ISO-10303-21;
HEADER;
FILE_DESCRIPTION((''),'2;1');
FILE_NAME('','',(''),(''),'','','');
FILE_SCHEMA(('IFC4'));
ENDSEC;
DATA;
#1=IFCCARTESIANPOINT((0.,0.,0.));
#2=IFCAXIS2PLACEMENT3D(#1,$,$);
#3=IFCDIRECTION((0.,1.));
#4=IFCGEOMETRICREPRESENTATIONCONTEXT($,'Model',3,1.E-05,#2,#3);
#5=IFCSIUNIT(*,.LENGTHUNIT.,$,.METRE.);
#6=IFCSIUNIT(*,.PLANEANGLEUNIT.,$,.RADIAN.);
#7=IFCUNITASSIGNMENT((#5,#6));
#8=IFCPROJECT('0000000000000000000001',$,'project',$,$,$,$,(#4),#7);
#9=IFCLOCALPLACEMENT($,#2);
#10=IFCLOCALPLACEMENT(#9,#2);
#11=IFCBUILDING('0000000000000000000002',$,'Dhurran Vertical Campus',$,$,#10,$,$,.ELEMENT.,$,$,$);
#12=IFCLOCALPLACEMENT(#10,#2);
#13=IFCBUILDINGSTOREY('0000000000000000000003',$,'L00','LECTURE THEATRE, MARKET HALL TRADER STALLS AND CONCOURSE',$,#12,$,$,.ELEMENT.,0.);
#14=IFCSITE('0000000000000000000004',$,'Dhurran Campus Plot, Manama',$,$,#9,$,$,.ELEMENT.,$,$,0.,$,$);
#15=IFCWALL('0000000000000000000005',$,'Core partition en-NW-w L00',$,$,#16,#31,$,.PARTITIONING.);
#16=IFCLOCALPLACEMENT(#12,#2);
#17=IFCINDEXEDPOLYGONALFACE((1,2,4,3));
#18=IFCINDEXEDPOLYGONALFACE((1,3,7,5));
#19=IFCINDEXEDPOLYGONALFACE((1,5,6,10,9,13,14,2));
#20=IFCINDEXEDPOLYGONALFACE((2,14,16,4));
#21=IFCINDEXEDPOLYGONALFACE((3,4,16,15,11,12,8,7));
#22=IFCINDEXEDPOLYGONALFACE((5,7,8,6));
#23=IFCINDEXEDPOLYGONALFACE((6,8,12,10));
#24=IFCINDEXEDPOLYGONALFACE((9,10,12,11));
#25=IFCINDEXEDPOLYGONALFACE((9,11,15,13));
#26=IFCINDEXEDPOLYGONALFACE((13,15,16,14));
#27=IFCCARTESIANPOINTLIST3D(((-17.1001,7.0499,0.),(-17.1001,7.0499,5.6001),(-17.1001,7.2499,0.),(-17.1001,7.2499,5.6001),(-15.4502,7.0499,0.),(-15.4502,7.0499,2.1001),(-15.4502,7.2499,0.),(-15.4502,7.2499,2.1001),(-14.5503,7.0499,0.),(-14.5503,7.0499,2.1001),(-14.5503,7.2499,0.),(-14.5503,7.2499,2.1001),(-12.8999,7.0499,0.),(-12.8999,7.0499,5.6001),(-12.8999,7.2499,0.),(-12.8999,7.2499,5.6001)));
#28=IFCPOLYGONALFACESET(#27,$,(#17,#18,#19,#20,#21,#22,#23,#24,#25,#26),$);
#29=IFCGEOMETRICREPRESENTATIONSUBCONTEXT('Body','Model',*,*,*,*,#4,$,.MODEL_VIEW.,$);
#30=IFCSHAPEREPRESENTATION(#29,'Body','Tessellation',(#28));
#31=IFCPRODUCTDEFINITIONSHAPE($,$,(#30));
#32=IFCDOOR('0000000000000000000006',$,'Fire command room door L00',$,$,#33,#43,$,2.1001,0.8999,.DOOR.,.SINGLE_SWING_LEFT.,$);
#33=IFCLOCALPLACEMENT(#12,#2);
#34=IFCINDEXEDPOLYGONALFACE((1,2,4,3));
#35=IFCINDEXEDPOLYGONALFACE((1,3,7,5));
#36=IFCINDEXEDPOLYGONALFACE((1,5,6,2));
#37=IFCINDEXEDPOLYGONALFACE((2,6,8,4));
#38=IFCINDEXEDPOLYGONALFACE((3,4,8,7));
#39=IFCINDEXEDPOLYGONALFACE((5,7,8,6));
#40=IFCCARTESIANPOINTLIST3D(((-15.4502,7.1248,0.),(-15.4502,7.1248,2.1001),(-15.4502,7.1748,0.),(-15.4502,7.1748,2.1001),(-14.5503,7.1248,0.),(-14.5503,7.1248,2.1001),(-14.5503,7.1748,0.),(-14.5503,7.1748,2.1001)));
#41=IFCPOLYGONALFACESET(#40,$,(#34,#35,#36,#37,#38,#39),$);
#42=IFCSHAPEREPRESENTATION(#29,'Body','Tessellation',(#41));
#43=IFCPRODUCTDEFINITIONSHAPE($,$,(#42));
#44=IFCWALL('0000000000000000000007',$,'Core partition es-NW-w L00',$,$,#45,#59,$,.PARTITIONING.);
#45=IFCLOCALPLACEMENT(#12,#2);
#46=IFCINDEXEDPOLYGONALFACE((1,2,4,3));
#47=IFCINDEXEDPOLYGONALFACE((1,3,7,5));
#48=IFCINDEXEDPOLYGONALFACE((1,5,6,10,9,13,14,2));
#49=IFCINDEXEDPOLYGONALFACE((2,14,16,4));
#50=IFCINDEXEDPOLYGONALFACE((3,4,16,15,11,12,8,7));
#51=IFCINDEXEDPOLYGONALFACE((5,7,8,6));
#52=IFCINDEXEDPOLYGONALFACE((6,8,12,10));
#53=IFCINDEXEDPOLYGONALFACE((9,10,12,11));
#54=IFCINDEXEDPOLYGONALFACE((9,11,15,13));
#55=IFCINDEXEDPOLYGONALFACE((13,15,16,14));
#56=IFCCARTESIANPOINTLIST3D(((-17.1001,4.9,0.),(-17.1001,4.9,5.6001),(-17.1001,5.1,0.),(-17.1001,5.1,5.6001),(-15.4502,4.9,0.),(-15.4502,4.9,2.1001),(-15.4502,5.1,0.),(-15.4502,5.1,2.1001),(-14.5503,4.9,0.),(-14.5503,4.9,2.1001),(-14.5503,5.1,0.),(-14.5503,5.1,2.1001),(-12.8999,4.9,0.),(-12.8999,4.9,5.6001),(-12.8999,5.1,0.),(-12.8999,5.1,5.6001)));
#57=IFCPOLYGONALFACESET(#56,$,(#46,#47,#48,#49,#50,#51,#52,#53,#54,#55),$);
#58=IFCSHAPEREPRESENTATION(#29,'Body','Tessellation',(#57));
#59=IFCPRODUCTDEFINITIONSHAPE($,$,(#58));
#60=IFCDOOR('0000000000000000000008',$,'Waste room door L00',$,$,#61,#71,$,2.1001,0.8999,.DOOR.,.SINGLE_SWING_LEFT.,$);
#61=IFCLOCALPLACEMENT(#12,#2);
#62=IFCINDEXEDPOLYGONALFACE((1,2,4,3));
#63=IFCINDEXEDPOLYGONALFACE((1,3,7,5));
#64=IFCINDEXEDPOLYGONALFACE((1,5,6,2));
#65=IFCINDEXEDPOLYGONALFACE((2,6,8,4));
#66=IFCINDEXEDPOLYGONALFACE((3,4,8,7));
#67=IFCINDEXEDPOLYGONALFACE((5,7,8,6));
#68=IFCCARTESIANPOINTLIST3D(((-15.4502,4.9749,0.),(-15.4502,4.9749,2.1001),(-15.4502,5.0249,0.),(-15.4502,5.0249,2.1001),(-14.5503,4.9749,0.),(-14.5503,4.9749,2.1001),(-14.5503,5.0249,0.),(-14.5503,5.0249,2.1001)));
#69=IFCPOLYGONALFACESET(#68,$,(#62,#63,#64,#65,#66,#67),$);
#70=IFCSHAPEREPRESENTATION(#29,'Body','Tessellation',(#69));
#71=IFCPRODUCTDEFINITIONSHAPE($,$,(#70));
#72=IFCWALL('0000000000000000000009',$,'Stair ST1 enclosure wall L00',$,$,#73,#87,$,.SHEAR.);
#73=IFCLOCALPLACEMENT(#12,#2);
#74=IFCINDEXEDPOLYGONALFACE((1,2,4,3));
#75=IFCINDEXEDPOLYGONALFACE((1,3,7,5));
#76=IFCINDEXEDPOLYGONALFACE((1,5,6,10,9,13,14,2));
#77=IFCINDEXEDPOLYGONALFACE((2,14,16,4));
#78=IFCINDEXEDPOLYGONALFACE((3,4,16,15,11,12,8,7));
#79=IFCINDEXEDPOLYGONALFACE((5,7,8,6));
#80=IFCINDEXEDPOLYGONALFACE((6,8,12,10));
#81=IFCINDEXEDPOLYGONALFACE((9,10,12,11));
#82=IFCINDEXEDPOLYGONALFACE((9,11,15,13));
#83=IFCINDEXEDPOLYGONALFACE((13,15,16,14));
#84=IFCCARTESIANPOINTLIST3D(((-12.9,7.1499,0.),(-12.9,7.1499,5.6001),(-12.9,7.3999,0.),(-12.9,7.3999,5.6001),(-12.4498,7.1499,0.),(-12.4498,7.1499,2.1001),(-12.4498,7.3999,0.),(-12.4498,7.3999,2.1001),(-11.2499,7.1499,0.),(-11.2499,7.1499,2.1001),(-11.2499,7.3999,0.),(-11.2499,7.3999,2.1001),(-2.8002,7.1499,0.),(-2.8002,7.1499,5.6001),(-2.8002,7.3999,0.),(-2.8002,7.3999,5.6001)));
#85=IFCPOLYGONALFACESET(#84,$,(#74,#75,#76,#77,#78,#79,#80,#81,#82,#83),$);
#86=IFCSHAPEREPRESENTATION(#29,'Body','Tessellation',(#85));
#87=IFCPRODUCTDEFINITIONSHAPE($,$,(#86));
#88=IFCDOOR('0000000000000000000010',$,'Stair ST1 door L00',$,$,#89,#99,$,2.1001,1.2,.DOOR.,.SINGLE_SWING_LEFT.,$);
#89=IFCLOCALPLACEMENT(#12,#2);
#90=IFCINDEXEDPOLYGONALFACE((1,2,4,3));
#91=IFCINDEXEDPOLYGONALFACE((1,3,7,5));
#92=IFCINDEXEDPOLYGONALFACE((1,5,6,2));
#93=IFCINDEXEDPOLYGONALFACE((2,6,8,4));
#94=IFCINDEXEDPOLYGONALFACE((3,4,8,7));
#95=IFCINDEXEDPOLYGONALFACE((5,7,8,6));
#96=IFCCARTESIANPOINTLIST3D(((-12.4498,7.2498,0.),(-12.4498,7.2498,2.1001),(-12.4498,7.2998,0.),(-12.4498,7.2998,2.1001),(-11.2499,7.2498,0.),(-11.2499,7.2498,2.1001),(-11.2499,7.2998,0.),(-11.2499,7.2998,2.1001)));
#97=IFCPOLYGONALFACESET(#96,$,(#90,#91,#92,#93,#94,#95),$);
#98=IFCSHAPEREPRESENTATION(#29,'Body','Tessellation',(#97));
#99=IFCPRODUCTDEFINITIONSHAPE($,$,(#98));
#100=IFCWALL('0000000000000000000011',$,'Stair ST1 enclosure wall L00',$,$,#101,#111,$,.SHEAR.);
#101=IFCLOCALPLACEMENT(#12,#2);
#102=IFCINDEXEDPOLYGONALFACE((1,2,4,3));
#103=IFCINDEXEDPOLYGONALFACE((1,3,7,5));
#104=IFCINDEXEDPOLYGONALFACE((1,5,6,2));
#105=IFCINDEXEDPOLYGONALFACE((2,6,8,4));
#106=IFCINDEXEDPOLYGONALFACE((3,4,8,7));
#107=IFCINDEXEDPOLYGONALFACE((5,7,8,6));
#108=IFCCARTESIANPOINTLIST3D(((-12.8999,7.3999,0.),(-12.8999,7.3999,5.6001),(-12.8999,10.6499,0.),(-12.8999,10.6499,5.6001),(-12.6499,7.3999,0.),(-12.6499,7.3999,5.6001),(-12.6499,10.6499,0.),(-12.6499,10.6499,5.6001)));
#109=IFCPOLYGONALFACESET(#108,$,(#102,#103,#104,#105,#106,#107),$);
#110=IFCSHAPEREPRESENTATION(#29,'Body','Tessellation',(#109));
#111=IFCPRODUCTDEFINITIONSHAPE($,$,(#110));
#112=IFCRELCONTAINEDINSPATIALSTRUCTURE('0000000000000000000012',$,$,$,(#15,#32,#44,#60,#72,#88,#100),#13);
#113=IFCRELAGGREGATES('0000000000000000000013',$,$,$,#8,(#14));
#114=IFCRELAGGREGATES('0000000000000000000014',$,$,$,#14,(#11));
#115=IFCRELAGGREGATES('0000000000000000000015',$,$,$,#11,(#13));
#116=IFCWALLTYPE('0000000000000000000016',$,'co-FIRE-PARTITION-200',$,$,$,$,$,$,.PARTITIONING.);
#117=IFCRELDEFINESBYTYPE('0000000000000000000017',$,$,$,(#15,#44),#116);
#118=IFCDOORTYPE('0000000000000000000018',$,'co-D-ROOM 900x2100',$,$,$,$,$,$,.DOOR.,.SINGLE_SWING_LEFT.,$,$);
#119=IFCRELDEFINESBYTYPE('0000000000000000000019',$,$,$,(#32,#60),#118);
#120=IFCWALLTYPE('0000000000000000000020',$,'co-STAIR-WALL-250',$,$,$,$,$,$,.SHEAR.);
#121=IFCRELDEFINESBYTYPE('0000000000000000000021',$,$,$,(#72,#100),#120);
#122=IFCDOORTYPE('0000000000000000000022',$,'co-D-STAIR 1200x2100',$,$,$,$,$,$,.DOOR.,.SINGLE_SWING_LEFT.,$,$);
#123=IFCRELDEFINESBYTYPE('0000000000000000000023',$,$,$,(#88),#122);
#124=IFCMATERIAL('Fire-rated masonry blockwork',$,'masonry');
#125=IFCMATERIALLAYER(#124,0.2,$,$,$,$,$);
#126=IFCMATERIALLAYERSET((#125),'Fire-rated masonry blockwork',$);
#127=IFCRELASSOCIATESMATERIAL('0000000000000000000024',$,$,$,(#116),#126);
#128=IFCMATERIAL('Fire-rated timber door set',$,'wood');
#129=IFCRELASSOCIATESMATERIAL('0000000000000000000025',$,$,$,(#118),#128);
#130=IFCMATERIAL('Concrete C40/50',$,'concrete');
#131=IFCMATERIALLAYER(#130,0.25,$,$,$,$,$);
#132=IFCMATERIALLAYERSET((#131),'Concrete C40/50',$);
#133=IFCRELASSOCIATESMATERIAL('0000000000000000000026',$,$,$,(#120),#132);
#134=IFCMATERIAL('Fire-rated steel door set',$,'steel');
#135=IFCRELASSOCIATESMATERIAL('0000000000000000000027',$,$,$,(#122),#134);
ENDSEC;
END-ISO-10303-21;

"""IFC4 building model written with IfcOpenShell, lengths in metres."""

from ifc_helpers import new_model, si_unit, direction, frame, frame_2d, origin, place, context, subcontext, project, spatial, rectangle, extrude, material, layer, layer_set, type_object, element, fill, save


model = new_model("IFC4")

# Units and contexts
model_context = context("Model", 3, precision=1e-05, world=origin(), true_north=direction((0.0, 1.0)))
body_context = subcontext(model_context, "Body", "Model", "MODEL_VIEW")
ifc_project = project(units=[si_unit("LENGTHUNIT", "METRE"), si_unit("PLANEANGLEUNIT", "RADIAN")], contexts=[model_context])

# Site, building, storey
site_placement = place(None, origin())
site = spatial("IfcSite", under=ifc_project, at=site_placement, Name="Dhurran Campus Plot, Manama", CompositionType="ELEMENT", RefElevation=0.0)
building_placement = place(site_placement, origin())
building = spatial("IfcBuilding", under=site, at=building_placement, Name="Dhurran Vertical Campus", CompositionType="ELEMENT")
storey_placement = place(building_placement, origin())
storey = spatial("IfcBuildingStorey", under=building, at=storey_placement, Name="L00", Description="LECTURE THEATRE, MARKET HALL TRADER STALLS AND CONCOURSE", CompositionType="ELEMENT", Elevation=0.0)

# Walls, openings, doors
ifc_material_1 = material(Name="Fire-rated masonry blockwork", Category="masonry")
ifc_layer_1 = layer(ifc_material_1, 0.2)
ifc_layer_set_1 = layer_set([ifc_layer_1], Name="Fire-rated masonry blockwork")
wall_type_1 = type_object("IfcWallType", Name="co-FIRE-PARTITION-200", PredefinedType="PARTITIONING", material=ifc_layer_set_1)
wall_1_placement = place(storey_placement, frame((-17.1001, 7.1499, 0.0), z_axis=(0.0, 0.0, 1.0), x_axis=(1.0, 0.0, 0.0)))
wall_1 = element("IfcWall", 1, at=wall_1_placement, inside=storey, type_object=wall_type_1, Name="Core partition en-NW-w L00", PredefinedType="PARTITIONING", context=body_context, shape_type="SweptSolid", body=[
    extrude(rectangle(XDim=4.2002, YDim=0.2, at=frame_2d((2.1001, 0.0))), origin(), (0.0, 0.0, 1.0), 5.6001),
])
opening_1_placement = place(wall_1_placement, frame((1.6499, 0.0, 0.0)))
opening_1 = element("IfcOpeningElement", 2, at=opening_1_placement, cuts=wall_1, PredefinedType="OPENING", context=body_context, shape_type="SweptSolid", body=[
    extrude(rectangle(XDim=0.8999, YDim=2.1001, at=frame_2d((0.45, 1.05))), frame((0.0, 0.1099, 0.0), z_axis=(0.0, -1.0, 0.0), x_axis=(1.0, 0.0, 0.0)), (0.0, 0.0, 1.0), 0.22),
])
ifc_material_2 = material(Name="Fire-rated timber door set", Category="wood")
door_type_1 = type_object("IfcDoorType", Name="co-D-ROOM 900x2100", OperationType="SINGLE_SWING_LEFT", PredefinedType="DOOR", material=ifc_material_2)
door_1_placement = place(opening_1_placement, origin())
door_1 = element("IfcDoor", 3, at=door_1_placement, inside=storey, type_object=door_type_1, Name="Fire command room door L00", OperationType="SINGLE_SWING_LEFT", OverallHeight=2.1001, OverallWidth=0.8999, PredefinedType="DOOR", context=body_context, shape_type="SweptSolid", body=[
    extrude(rectangle(XDim=0.8999, YDim=2.1001, at=frame_2d((0.45, 1.05))), frame((0.0, 0.0249, 0.0), z_axis=(0.0, -1.0, 0.0), x_axis=(1.0, 0.0, 0.0)), (0.0, 0.0, 1.0), 0.05),
])
fill(opening_1, door_1)
wall_2_placement = place(storey_placement, frame((-17.1001, 5.0, 0.0), z_axis=(0.0, 0.0, 1.0), x_axis=(1.0, 0.0, 0.0)))
wall_2 = element("IfcWall", 4, at=wall_2_placement, inside=storey, type_object=wall_type_1, Name="Core partition es-NW-w L00", PredefinedType="PARTITIONING", context=body_context, shape_type="SweptSolid", body=[
    extrude(rectangle(XDim=4.2002, YDim=0.2, at=frame_2d((2.1001, 0.0))), origin(), (0.0, 0.0, 1.0), 5.6001),
])
opening_2_placement = place(wall_2_placement, frame((1.6499, 0.0, 0.0)))
opening_2 = element("IfcOpeningElement", 5, at=opening_2_placement, cuts=wall_2, PredefinedType="OPENING", context=body_context, shape_type="SweptSolid", body=[
    extrude(rectangle(XDim=0.8999, YDim=2.1001, at=frame_2d((0.45, 1.05))), frame((0.0, 0.1099, 0.0), z_axis=(0.0, -1.0, 0.0), x_axis=(1.0, 0.0, 0.0)), (0.0, 0.0, 1.0), 0.22),
])
door_2_placement = place(opening_2_placement, origin())
door_2 = element("IfcDoor", 6, at=door_2_placement, inside=storey, type_object=door_type_1, Name="Waste room door L00", OperationType="SINGLE_SWING_LEFT", OverallHeight=2.1001, OverallWidth=0.8999, PredefinedType="DOOR", context=body_context, shape_type="SweptSolid", body=[
    extrude(rectangle(XDim=0.8999, YDim=2.1001, at=frame_2d((0.45, 1.05))), frame((0.0, 0.0249, 0.0), z_axis=(0.0, -1.0, 0.0), x_axis=(1.0, 0.0, 0.0)), (0.0, 0.0, 1.0), 0.05),
])
fill(opening_2, door_2)

# Wall, opening, door
ifc_material_3 = material(Name="Concrete C40/50", Category="concrete")
ifc_layer_2 = layer(ifc_material_3, 0.25)
ifc_layer_set_2 = layer_set([ifc_layer_2], Name="Concrete C40/50")
wall_type_2 = type_object("IfcWallType", Name="co-STAIR-WALL-250", PredefinedType="SHEAR", material=ifc_layer_set_2)
wall_3_placement = place(storey_placement, frame((-12.8999, 7.2749, 0.0), z_axis=(0.0, 0.0, 1.0), x_axis=(1.0, 0.0, 0.0)))
wall_3 = element("IfcWall", 7, at=wall_3_placement, inside=storey, type_object=wall_type_2, Name="Stair ST1 enclosure wall L00", PredefinedType="SHEAR", context=body_context, shape_type="SweptSolid", body=[
    extrude(rectangle(XDim=10.0999, YDim=0.25, at=frame_2d((5.0498, 0.0))), origin(), (0.0, 0.0, 1.0), 5.6001),
])
opening_3_placement = place(wall_3_placement, frame((0.45, 0.0, 0.0)))
opening_3 = element("IfcOpeningElement", 8, at=opening_3_placement, cuts=wall_3, PredefinedType="OPENING", context=body_context, shape_type="SweptSolid", body=[
    extrude(rectangle(XDim=1.2, YDim=2.1001, at=frame_2d((0.6001, 1.05))), frame((0.0, 0.135, 0.0), z_axis=(0.0, -1.0, 0.0), x_axis=(1.0, 0.0, 0.0)), (0.0, 0.0, 1.0), 0.27),
])
ifc_material_4 = material(Name="Fire-rated steel door set", Category="steel")
door_type_2 = type_object("IfcDoorType", Name="co-D-STAIR 1200x2100", OperationType="SINGLE_SWING_LEFT", PredefinedType="DOOR", material=ifc_material_4)
door_3_placement = place(opening_3_placement, origin())
door_3 = element("IfcDoor", 9, at=door_3_placement, inside=storey, type_object=door_type_2, Name="Stair ST1 door L00", OperationType="SINGLE_SWING_LEFT", OverallHeight=2.1001, OverallWidth=1.2, PredefinedType="DOOR", context=body_context, shape_type="SweptSolid", body=[
    extrude(rectangle(XDim=1.2, YDim=2.1001, at=frame_2d((0.6001, 1.05))), frame((0.0, 0.0249, 0.0), z_axis=(0.0, -1.0, 0.0), x_axis=(1.0, 0.0, 0.0)), (0.0, 0.0, 1.0), 0.05),
])
fill(opening_3, door_3)

# Wall
wall_4_placement = place(storey_placement, frame((-12.7749, 7.3999, 0.0), z_axis=(0.0, 0.0, 1.0), x_axis=(0.0, 1.0, 0.0)))
element("IfcWall", 10, at=wall_4_placement, inside=storey, type_object=wall_type_2, Name="Stair ST1 enclosure wall L00", PredefinedType="SHEAR", context=body_context, shape_type="SweptSolid", body=[
    extrude(rectangle(XDim=3.25, YDim=0.25, at=frame_2d((1.625, 0.0))), origin(), (0.0, 0.0, 1.0), 5.6001),
])

save(model, "model.ifc")
